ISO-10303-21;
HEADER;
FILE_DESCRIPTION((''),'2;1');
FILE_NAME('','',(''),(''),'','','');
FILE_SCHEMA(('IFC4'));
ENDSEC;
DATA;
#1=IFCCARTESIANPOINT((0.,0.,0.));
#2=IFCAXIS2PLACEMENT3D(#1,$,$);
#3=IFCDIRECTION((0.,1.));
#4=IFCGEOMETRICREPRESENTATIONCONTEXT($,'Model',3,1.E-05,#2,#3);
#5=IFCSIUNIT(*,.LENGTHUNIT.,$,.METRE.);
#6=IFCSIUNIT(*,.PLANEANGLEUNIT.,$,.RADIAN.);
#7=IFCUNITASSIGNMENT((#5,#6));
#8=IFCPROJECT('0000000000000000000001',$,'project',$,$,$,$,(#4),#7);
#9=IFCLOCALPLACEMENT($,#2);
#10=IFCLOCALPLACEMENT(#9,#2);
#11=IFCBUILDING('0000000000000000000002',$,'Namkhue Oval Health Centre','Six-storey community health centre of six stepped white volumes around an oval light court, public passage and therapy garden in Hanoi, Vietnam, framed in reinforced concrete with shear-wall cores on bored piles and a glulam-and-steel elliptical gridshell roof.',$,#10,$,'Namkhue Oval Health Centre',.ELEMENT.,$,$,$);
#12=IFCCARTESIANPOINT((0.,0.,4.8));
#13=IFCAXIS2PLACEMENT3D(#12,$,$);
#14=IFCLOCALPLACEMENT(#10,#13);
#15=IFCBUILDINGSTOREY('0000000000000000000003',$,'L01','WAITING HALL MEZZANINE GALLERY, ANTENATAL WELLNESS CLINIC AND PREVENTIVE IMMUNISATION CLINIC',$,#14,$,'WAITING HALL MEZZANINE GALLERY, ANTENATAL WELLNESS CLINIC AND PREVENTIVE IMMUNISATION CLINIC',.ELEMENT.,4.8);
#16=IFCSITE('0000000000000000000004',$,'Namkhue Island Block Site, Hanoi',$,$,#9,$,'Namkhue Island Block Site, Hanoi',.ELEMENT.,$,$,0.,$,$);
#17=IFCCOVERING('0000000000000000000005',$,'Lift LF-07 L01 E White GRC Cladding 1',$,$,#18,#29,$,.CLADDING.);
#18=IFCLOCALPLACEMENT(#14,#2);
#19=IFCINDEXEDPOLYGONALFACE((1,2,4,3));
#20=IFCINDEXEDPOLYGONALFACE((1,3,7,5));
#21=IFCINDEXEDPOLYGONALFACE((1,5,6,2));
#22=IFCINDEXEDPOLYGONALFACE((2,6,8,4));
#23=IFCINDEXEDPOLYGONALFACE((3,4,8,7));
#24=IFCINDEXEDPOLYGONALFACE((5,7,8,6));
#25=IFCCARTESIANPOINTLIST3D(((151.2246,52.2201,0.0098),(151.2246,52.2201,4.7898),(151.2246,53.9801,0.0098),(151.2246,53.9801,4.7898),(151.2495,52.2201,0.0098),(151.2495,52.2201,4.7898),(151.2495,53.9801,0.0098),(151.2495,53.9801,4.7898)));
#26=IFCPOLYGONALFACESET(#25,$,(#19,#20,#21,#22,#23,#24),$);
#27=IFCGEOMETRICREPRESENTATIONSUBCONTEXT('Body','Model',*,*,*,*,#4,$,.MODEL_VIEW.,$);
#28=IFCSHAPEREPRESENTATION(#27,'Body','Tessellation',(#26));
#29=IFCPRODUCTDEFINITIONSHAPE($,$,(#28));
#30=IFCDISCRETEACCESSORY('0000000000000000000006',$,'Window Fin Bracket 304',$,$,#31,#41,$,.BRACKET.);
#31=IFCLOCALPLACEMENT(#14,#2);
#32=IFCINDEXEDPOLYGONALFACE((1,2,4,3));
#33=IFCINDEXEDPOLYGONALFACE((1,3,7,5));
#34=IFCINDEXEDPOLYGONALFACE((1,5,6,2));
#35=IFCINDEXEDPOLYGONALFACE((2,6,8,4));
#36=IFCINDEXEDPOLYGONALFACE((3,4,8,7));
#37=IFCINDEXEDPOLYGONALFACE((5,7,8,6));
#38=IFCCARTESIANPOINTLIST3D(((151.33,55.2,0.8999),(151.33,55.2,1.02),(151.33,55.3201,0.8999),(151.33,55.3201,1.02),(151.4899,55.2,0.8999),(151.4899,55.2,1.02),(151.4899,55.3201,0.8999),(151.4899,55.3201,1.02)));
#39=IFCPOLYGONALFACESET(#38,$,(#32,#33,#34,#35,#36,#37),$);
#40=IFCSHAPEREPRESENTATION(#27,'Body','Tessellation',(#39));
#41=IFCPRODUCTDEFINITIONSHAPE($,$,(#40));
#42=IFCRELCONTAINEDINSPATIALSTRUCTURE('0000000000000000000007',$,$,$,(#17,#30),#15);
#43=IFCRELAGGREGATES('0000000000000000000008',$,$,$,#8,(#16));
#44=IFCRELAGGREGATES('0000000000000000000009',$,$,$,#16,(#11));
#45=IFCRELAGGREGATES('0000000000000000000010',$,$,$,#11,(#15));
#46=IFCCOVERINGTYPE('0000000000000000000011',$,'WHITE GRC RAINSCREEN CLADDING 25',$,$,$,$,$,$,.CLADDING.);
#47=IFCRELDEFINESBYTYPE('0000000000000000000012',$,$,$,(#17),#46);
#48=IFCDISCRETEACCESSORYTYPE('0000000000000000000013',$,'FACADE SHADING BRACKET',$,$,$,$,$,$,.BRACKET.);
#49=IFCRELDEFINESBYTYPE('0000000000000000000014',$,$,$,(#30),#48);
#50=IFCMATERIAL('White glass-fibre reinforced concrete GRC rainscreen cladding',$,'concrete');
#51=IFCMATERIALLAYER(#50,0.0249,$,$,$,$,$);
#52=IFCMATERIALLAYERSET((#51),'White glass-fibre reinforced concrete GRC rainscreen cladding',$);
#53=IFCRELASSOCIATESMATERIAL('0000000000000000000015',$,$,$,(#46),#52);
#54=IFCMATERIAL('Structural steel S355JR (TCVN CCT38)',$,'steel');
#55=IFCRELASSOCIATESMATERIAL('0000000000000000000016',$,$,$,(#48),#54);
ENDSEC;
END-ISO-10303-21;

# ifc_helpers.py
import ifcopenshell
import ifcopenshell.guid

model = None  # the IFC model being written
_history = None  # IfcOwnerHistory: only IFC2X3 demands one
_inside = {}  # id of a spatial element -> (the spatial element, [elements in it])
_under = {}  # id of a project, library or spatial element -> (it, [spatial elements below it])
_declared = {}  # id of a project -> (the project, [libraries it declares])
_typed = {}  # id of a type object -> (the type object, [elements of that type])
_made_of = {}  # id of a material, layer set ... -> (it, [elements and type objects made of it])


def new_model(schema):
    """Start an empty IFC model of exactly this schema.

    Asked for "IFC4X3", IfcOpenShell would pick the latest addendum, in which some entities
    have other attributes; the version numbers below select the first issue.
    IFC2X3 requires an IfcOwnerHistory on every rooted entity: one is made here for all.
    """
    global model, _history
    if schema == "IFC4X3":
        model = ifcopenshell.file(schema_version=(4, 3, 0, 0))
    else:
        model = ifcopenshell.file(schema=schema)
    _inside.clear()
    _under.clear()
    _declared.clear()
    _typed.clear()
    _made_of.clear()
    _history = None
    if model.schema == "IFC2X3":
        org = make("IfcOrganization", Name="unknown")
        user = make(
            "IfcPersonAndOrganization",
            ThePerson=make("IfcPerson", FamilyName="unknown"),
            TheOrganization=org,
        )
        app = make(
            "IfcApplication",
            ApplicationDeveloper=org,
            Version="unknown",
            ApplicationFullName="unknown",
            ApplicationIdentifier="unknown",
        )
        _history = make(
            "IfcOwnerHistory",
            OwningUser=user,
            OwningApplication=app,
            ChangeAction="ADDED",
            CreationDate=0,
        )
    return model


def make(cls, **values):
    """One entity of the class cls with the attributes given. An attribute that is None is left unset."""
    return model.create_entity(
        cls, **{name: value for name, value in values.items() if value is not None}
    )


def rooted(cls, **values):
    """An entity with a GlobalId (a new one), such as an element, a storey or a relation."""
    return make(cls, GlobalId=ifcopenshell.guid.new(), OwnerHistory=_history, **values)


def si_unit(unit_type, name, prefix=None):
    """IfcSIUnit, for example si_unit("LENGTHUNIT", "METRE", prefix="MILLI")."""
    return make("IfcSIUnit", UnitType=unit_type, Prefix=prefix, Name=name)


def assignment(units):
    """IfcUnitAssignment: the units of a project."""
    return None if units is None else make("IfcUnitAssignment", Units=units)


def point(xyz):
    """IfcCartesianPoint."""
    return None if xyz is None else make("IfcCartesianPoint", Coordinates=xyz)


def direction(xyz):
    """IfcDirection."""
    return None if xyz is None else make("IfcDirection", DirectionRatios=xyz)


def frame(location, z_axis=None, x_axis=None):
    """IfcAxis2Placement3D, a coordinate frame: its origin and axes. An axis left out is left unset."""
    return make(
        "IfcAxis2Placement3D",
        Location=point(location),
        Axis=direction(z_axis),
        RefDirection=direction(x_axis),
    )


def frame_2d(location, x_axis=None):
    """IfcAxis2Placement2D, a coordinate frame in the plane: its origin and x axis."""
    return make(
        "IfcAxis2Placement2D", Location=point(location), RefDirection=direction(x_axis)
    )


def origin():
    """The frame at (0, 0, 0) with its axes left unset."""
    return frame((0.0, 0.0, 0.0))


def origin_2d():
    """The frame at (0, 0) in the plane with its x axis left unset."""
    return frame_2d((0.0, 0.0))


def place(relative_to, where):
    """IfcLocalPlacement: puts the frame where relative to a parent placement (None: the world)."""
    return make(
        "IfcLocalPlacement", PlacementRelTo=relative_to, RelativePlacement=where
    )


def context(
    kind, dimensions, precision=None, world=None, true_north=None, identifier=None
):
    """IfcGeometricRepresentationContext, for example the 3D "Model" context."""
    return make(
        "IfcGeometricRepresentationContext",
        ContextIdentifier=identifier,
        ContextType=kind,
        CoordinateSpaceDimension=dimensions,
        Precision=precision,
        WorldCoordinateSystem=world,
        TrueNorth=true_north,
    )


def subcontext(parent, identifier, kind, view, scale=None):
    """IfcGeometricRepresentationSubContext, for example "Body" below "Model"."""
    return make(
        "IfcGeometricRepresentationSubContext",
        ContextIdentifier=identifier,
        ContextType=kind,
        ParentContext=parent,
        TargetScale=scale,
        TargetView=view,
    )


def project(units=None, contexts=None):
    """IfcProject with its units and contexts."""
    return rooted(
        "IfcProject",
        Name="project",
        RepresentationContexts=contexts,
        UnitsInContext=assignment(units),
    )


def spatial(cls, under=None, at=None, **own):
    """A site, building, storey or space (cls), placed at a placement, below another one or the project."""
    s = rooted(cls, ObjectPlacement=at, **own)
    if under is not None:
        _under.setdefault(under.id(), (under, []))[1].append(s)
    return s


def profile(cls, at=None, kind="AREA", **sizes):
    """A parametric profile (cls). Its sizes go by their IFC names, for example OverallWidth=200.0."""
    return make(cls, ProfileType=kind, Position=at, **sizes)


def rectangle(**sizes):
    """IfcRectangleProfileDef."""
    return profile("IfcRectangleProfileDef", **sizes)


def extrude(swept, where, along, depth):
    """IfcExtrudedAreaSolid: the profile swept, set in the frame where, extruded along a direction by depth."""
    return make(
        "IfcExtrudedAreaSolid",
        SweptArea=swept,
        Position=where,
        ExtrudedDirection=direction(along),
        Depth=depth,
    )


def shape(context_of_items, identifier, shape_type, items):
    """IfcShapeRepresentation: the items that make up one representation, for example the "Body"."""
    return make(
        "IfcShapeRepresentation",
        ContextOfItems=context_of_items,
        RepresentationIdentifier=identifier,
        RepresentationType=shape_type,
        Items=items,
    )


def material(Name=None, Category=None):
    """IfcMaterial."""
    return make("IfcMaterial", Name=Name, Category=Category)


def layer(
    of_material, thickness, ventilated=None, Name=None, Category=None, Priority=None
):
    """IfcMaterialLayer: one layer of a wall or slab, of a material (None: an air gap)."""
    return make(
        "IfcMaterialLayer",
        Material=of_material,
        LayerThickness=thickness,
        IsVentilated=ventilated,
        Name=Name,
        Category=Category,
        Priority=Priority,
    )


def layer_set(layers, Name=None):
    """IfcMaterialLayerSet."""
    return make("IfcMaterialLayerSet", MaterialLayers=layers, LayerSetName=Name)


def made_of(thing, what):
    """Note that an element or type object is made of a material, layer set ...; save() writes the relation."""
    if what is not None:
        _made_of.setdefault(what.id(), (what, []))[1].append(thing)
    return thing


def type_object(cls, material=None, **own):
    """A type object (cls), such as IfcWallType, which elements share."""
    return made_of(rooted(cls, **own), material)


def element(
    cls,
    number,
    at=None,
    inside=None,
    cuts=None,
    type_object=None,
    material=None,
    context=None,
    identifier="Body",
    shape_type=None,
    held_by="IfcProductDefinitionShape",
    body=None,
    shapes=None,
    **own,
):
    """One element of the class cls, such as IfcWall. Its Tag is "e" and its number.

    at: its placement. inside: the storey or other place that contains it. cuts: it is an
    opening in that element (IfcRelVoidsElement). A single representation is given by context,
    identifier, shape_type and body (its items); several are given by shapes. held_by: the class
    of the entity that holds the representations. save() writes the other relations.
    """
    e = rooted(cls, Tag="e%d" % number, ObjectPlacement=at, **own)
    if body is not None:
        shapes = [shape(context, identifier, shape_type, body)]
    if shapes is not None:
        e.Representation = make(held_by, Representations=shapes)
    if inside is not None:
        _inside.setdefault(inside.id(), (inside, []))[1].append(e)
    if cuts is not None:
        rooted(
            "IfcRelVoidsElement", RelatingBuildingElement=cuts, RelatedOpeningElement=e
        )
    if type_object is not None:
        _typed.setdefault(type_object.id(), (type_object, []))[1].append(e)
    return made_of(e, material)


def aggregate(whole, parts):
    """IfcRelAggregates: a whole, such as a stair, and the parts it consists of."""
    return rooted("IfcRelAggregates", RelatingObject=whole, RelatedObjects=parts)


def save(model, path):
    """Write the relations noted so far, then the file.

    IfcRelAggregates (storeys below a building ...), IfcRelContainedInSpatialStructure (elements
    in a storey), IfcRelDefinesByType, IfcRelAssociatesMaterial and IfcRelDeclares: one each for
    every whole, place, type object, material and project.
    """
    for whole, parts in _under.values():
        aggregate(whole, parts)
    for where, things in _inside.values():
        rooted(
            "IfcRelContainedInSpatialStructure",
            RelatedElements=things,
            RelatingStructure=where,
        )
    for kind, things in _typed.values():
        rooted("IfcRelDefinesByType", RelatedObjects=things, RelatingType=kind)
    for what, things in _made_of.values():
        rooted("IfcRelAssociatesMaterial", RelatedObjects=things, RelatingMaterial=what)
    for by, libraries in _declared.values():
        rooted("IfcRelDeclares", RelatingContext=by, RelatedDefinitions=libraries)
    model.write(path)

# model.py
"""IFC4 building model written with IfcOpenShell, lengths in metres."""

from ifc_helpers import new_model, si_unit, direction, frame, origin, origin_2d, place, context, subcontext, project, spatial, rectangle, extrude, material, layer, layer_set, type_object, element, save


model = new_model("IFC4")

# Units and contexts
model_context = context("Model", 3, precision=1e-05, world=origin(), true_north=direction((0.0, 1.0)))
body_context = subcontext(model_context, "Body", "Model", "MODEL_VIEW")
ifc_project = project(units=[si_unit("LENGTHUNIT", "METRE"), si_unit("PLANEANGLEUNIT", "RADIAN")], contexts=[model_context])

# Site, building, storey
site_placement = place(None, origin())
site = spatial("IfcSite", under=ifc_project, at=site_placement, Name="Namkhue Island Block Site, Hanoi", LongName="Namkhue Island Block Site, Hanoi", CompositionType="ELEMENT", RefElevation=0.0)
building_placement = place(site_placement, origin())
building = spatial("IfcBuilding", under=site, at=building_placement, Name="Namkhue Oval Health Centre", Description="Six-storey community health centre of six stepped white volumes around an oval light court, public passage and therapy garden in Hanoi, Vietnam, framed in reinforced concrete with shear-wall cores on bored piles and a glulam-and-steel elliptical gridshell roof.", LongName="Namkhue Oval Health Centre", CompositionType="ELEMENT")
storey_placement = place(building_placement, frame((0.0, 0.0, 4.8)))
storey = spatial("IfcBuildingStorey", under=building, at=storey_placement, Name="L01", Description="WAITING HALL MEZZANINE GALLERY, ANTENATAL WELLNESS CLINIC AND PREVENTIVE IMMUNISATION CLINIC", LongName="WAITING HALL MEZZANINE GALLERY, ANTENATAL WELLNESS CLINIC AND PREVENTIVE IMMUNISATION CLINIC", CompositionType="ELEMENT", Elevation=4.8)

# Covering
ifc_material_1 = material(Name="White glass-fibre reinforced concrete GRC rainscreen cladding", Category="concrete")
ifc_layer_1 = layer(ifc_material_1, 0.0249)
ifc_layer_set_1 = layer_set([ifc_layer_1], Name="White glass-fibre reinforced concrete GRC rainscreen cladding")
covering_type = type_object("IfcCoveringType", Name="WHITE GRC RAINSCREEN CLADDING 25", PredefinedType="CLADDING", material=ifc_layer_set_1)
covering_1_placement = place(storey_placement, frame((151.2371, 53.1001, 0.0098), z_axis=(0.0, 0.0, 1.0), x_axis=(0.0, 1.0, 0.0)))
element("IfcCovering", 1, at=covering_1_placement, inside=storey, type_object=covering_type, Name="Lift LF-07 L01 E White GRC Cladding 1", PredefinedType="CLADDING", context=body_context, shape_type="SweptSolid", body=[
    extrude(rectangle(XDim=1.76, YDim=0.0249, at=origin_2d()), origin(), (0.0, 0.0, 1.0), 4.78),
])

# Discrete accessory
ifc_material_2 = material(Name="Structural steel S355JR (TCVN CCT38)", Category="steel")
discrete_accessory_type = type_object("IfcDiscreteAccessoryType", Name="FACADE SHADING BRACKET", PredefinedType="BRACKET", material=ifc_material_2)
discrete_accessory_placement = place(storey_placement, frame((151.4099, 55.26, 0.8999), z_axis=(0.0, 0.0, 1.0), x_axis=(1.0, 0.0, 0.0)))
element("IfcDiscreteAccessory", 2, at=discrete_accessory_placement, inside=storey, type_object=discrete_accessory_type, Name="Window Fin Bracket 304", PredefinedType="BRACKET", context=body_context, shape_type="SweptSolid", body=[
    extrude(rectangle(XDim=0.1599, YDim=0.1201, at=origin_2d()), origin(), (0.0, 0.0, 1.0), 0.1201),
])

save(model, "model.ifc")
